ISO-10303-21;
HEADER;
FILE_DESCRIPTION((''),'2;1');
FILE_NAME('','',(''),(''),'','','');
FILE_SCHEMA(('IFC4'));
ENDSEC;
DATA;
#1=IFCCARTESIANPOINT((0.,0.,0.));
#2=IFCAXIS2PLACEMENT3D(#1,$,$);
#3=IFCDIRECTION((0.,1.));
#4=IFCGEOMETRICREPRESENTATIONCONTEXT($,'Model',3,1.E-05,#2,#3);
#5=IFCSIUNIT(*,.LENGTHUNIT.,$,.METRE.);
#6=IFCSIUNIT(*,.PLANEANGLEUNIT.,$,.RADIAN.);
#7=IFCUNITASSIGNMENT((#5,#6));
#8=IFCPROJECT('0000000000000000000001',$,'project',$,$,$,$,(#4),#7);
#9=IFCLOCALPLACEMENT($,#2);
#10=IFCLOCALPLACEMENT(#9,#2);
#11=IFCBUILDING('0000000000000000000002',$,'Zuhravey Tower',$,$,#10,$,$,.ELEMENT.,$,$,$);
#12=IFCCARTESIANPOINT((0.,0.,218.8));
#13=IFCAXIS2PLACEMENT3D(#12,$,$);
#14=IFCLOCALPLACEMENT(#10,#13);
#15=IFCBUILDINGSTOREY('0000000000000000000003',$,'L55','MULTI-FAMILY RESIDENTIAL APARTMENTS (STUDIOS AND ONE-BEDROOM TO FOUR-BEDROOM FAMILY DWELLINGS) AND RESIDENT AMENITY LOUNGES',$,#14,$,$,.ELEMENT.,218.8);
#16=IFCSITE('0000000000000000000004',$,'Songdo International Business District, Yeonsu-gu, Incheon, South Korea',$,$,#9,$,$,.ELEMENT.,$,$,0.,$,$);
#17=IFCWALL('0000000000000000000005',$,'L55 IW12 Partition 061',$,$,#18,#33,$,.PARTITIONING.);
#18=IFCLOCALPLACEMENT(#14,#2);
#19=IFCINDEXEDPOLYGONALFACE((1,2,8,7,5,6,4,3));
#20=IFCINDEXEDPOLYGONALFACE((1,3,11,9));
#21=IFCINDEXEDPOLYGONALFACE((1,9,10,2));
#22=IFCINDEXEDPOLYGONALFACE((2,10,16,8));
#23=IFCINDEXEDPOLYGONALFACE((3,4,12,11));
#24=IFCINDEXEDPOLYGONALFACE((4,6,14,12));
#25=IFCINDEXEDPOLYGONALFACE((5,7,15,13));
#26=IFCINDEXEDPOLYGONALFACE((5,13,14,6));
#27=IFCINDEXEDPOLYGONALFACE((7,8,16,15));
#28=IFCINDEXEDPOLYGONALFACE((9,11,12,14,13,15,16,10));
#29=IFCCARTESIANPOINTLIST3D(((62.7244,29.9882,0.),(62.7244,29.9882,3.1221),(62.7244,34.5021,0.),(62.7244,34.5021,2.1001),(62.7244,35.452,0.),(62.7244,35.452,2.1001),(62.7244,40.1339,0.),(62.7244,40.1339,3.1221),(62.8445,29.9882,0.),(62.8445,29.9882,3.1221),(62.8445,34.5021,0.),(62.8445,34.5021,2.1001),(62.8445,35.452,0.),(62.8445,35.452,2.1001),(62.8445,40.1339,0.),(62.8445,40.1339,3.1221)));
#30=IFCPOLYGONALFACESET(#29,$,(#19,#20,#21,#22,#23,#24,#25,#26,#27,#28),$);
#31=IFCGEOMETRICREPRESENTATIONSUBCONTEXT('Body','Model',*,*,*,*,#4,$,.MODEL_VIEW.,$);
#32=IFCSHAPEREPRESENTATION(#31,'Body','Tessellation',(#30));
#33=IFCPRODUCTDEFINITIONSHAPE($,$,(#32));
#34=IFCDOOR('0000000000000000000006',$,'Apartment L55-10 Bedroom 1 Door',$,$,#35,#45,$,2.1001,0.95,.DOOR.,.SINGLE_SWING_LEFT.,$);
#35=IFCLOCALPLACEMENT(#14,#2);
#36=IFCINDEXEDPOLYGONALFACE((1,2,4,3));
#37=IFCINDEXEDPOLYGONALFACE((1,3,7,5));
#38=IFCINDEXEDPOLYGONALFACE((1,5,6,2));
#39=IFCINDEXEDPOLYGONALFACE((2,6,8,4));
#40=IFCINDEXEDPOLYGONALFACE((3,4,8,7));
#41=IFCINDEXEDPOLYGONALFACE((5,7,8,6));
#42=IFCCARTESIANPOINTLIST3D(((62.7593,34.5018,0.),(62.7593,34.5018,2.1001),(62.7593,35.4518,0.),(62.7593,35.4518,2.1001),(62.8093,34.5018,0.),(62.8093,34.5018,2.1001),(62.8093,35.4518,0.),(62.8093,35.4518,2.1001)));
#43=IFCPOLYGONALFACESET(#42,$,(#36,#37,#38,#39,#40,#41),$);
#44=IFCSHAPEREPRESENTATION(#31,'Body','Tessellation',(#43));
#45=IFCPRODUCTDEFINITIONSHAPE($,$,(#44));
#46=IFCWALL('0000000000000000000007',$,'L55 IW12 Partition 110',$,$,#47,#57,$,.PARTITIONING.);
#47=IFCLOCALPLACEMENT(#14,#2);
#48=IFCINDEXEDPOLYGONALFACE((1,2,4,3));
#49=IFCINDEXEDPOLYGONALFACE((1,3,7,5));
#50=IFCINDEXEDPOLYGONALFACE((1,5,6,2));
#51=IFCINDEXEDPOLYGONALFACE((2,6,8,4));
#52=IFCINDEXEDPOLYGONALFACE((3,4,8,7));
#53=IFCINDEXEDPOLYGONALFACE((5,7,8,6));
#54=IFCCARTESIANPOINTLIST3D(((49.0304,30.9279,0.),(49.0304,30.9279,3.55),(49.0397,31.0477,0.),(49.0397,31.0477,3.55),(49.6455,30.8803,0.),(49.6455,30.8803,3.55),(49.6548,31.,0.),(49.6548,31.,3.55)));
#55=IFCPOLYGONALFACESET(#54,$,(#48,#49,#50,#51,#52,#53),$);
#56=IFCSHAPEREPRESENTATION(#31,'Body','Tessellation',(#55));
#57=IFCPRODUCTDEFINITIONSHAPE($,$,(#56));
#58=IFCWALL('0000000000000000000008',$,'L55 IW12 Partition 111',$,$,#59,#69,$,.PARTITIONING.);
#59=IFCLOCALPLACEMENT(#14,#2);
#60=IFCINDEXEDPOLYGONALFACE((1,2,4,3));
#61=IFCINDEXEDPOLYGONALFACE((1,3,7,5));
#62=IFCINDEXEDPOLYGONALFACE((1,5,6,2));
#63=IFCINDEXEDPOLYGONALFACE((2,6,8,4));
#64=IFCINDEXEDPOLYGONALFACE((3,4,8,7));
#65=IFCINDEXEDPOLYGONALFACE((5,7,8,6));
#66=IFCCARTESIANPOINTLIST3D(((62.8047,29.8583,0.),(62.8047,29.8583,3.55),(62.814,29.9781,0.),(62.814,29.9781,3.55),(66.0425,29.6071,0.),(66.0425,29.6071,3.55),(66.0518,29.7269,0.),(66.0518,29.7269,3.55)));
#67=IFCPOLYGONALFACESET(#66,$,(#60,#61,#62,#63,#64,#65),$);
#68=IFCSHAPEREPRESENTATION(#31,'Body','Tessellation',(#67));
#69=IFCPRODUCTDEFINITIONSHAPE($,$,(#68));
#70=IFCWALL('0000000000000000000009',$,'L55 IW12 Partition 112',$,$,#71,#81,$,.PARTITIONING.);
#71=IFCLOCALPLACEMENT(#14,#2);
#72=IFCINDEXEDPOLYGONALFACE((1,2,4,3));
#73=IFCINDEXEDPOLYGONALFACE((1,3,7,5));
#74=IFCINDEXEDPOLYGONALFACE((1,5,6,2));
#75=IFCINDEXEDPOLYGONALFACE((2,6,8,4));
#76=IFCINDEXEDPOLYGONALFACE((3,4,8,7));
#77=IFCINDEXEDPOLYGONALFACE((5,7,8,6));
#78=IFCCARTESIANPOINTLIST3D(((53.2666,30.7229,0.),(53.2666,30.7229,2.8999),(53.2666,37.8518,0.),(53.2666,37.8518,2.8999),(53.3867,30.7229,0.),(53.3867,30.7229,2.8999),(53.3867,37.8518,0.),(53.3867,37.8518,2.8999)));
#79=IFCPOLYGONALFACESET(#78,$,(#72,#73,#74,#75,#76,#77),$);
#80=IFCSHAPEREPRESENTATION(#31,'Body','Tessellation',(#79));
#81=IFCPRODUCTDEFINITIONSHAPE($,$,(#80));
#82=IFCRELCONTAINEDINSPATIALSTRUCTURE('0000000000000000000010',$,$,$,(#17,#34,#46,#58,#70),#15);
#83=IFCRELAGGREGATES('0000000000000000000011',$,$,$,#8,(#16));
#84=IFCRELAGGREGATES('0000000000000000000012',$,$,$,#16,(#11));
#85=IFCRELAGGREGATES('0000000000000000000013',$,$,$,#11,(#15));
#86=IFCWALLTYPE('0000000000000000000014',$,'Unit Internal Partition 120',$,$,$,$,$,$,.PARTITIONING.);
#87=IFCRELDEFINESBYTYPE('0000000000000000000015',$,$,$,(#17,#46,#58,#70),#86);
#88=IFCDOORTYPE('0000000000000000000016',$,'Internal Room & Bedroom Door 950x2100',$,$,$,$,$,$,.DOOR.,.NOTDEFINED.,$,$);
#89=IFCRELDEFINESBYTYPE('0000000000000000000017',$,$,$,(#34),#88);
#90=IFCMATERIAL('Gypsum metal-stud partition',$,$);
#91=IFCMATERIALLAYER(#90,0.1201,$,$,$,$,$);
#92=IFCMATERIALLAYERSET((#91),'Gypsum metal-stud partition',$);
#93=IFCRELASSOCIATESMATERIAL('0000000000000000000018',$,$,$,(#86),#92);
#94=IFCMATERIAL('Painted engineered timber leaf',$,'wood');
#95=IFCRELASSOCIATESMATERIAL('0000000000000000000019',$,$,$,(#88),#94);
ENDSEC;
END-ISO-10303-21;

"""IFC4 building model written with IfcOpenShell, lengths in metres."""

from ifc_helpers import new_model, si_unit, direction, frame, frame_2d, origin, place, context, subcontext, project, spatial, rectangle, extrude, material, layer, layer_set, type_object, element, fill, save


model = new_model("IFC4")

# Units and contexts
model_context = context("Model", 3, precision=1e-05, world=origin(), true_north=direction((0.0, 1.0)))
body_context = subcontext(model_context, "Body", "Model", "MODEL_VIEW")
ifc_project = project(units=[si_unit("LENGTHUNIT", "METRE"), si_unit("PLANEANGLEUNIT", "RADIAN")], contexts=[model_context])

# Site, building, storey
site_placement = place(None, origin())
site = spatial("IfcSite", under=ifc_project, at=site_placement, Name="Songdo International Business District, Yeonsu-gu, Incheon, South Korea", CompositionType="ELEMENT", RefElevation=0.0)
building_placement = place(site_placement, origin())
building = spatial("IfcBuilding", under=site, at=building_placement, Name="Zuhravey Tower", CompositionType="ELEMENT")
storey_placement = place(building_placement, frame((0.0, 0.0, 218.8)))
storey = spatial("IfcBuildingStorey", under=building, at=storey_placement, Name="L55", Description="MULTI-FAMILY RESIDENTIAL APARTMENTS (STUDIOS AND ONE-BEDROOM TO FOUR-BEDROOM FAMILY DWELLINGS) AND RESIDENT AMENITY LOUNGES", CompositionType="ELEMENT", Elevation=218.8)

# Wall, opening, door
ifc_material_1 = material(Name="Gypsum metal-stud partition")
ifc_layer_1 = layer(ifc_material_1, 0.1201)
ifc_layer_set_1 = layer_set([ifc_layer_1], Name="Gypsum metal-stud partition")
wall_type_1 = type_object("IfcWallType", Name="Unit Internal Partition 120", PredefinedType="PARTITIONING", material=ifc_layer_set_1)
ifc_material_2 = material(Name="Painted engineered timber leaf", Category="wood")
door_type_1 = type_object("IfcDoorType", Name="Internal Room & Bedroom Door 950x2100", OperationType="NOTDEFINED", PredefinedType="DOOR", material=ifc_material_2)
wall_1_placement = place(storey_placement, frame((62.7844, 29.9883, 0.0), z_axis=(0.0, 0.0, 1.0), x_axis=(0.0, 1.0, 0.0)))
wall_1 = element("IfcWall", 1, at=wall_1_placement, inside=storey, type_object=wall_type_1, Name="L55 IW12 Partition 061", PredefinedType="PARTITIONING", context=body_context, shape_type="SweptSolid", body=[
    extrude(rectangle(XDim=10.1458, YDim=0.1201, at=frame_2d((5.0728, 0.0))), origin(), (0.0, 0.0, 1.0), 3.1221),
])
opening_1_placement = place(wall_1_placement, frame((4.5137, 0.0, 0.0)))
opening_1 = element("IfcOpeningElement", 2, at=opening_1_placement, cuts=wall_1, PredefinedType="OPENING", context=body_context, shape_type="SweptSolid", body=[
    extrude(rectangle(XDim=0.95, YDim=2.1001, at=frame_2d((0.4751, 1.05))), frame((0.0, 0.072, 0.0), z_axis=(0.0, -1.0, 0.0), x_axis=(1.0, 0.0, 0.0)), (0.0, 0.0, 1.0), 0.144),
])
door_1_placement = place(opening_1_placement, frame((0.95, 0.0, 0.0), z_axis=(0.0, 0.0, 1.0), x_axis=(-1.0, 0.0, 0.0)))
door_1 = element("IfcDoor", 3, at=door_1_placement, inside=storey, type_object=door_type_1, Name="Apartment L55-10 Bedroom 1 Door", OperationType="SINGLE_SWING_LEFT", OverallHeight=2.1001, OverallWidth=0.95, PredefinedType="DOOR", context=body_context, shape_type="SweptSolid", body=[
    extrude(rectangle(XDim=0.95, YDim=2.1001, at=frame_2d((0.4751, 1.05))), frame((0.0, 0.0249, 0.0), z_axis=(0.0, -1.0, 0.0), x_axis=(1.0, 0.0, 0.0)), (0.0, 0.0, 1.0), 0.05),
])
fill(opening_1, door_1)

# Walls
wall_2_placement = place(storey_placement, frame((49.0349, 30.9878, 0.0), z_axis=(0.0, 0.0, 1.0), x_axis=(0.997017, -0.077181, 0.0)))
element("IfcWall", 4, at=wall_2_placement, inside=storey, type_object=wall_type_1, Name="L55 IW12 Partition 110", PredefinedType="PARTITIONING", context=body_context, shape_type="SweptSolid", body=[
    extrude(rectangle(XDim=0.6169, YDim=0.1201, at=frame_2d((0.3086, 0.0))), origin(), (0.0, 0.0, 1.0), 3.55),
])
wall_3_placement = place(storey_placement, frame((62.8093, 29.9182, 0.0), z_axis=(0.0, 0.0, 1.0), x_axis=(0.997003, -0.077358, 0.0)))
element("IfcWall", 5, at=wall_3_placement, inside=storey, type_object=wall_type_1, Name="L55 IW12 Partition 111", PredefinedType="PARTITIONING", context=body_context, shape_type="SweptSolid", body=[
    extrude(rectangle(XDim=3.2476, YDim=0.1201, at=frame_2d((1.6238, 0.0))), origin(), (0.0, 0.0, 1.0), 3.55),
])
wall_4_placement = place(storey_placement, frame((53.3267, 30.7229, 0.0), z_axis=(0.0, 0.0, 1.0), x_axis=(0.0, 1.0, 0.0)))
element("IfcWall", 6, at=wall_4_placement, inside=storey, type_object=wall_type_1, Name="L55 IW12 Partition 112", PredefinedType="PARTITIONING", context=body_context, shape_type="SweptSolid", body=[
    extrude(rectangle(XDim=7.1289, YDim=0.1201, at=frame_2d((3.5645, 0.0))), origin(), (0.0, 0.0, 1.0), 2.8999),
])

save(model, "model.ifc")
